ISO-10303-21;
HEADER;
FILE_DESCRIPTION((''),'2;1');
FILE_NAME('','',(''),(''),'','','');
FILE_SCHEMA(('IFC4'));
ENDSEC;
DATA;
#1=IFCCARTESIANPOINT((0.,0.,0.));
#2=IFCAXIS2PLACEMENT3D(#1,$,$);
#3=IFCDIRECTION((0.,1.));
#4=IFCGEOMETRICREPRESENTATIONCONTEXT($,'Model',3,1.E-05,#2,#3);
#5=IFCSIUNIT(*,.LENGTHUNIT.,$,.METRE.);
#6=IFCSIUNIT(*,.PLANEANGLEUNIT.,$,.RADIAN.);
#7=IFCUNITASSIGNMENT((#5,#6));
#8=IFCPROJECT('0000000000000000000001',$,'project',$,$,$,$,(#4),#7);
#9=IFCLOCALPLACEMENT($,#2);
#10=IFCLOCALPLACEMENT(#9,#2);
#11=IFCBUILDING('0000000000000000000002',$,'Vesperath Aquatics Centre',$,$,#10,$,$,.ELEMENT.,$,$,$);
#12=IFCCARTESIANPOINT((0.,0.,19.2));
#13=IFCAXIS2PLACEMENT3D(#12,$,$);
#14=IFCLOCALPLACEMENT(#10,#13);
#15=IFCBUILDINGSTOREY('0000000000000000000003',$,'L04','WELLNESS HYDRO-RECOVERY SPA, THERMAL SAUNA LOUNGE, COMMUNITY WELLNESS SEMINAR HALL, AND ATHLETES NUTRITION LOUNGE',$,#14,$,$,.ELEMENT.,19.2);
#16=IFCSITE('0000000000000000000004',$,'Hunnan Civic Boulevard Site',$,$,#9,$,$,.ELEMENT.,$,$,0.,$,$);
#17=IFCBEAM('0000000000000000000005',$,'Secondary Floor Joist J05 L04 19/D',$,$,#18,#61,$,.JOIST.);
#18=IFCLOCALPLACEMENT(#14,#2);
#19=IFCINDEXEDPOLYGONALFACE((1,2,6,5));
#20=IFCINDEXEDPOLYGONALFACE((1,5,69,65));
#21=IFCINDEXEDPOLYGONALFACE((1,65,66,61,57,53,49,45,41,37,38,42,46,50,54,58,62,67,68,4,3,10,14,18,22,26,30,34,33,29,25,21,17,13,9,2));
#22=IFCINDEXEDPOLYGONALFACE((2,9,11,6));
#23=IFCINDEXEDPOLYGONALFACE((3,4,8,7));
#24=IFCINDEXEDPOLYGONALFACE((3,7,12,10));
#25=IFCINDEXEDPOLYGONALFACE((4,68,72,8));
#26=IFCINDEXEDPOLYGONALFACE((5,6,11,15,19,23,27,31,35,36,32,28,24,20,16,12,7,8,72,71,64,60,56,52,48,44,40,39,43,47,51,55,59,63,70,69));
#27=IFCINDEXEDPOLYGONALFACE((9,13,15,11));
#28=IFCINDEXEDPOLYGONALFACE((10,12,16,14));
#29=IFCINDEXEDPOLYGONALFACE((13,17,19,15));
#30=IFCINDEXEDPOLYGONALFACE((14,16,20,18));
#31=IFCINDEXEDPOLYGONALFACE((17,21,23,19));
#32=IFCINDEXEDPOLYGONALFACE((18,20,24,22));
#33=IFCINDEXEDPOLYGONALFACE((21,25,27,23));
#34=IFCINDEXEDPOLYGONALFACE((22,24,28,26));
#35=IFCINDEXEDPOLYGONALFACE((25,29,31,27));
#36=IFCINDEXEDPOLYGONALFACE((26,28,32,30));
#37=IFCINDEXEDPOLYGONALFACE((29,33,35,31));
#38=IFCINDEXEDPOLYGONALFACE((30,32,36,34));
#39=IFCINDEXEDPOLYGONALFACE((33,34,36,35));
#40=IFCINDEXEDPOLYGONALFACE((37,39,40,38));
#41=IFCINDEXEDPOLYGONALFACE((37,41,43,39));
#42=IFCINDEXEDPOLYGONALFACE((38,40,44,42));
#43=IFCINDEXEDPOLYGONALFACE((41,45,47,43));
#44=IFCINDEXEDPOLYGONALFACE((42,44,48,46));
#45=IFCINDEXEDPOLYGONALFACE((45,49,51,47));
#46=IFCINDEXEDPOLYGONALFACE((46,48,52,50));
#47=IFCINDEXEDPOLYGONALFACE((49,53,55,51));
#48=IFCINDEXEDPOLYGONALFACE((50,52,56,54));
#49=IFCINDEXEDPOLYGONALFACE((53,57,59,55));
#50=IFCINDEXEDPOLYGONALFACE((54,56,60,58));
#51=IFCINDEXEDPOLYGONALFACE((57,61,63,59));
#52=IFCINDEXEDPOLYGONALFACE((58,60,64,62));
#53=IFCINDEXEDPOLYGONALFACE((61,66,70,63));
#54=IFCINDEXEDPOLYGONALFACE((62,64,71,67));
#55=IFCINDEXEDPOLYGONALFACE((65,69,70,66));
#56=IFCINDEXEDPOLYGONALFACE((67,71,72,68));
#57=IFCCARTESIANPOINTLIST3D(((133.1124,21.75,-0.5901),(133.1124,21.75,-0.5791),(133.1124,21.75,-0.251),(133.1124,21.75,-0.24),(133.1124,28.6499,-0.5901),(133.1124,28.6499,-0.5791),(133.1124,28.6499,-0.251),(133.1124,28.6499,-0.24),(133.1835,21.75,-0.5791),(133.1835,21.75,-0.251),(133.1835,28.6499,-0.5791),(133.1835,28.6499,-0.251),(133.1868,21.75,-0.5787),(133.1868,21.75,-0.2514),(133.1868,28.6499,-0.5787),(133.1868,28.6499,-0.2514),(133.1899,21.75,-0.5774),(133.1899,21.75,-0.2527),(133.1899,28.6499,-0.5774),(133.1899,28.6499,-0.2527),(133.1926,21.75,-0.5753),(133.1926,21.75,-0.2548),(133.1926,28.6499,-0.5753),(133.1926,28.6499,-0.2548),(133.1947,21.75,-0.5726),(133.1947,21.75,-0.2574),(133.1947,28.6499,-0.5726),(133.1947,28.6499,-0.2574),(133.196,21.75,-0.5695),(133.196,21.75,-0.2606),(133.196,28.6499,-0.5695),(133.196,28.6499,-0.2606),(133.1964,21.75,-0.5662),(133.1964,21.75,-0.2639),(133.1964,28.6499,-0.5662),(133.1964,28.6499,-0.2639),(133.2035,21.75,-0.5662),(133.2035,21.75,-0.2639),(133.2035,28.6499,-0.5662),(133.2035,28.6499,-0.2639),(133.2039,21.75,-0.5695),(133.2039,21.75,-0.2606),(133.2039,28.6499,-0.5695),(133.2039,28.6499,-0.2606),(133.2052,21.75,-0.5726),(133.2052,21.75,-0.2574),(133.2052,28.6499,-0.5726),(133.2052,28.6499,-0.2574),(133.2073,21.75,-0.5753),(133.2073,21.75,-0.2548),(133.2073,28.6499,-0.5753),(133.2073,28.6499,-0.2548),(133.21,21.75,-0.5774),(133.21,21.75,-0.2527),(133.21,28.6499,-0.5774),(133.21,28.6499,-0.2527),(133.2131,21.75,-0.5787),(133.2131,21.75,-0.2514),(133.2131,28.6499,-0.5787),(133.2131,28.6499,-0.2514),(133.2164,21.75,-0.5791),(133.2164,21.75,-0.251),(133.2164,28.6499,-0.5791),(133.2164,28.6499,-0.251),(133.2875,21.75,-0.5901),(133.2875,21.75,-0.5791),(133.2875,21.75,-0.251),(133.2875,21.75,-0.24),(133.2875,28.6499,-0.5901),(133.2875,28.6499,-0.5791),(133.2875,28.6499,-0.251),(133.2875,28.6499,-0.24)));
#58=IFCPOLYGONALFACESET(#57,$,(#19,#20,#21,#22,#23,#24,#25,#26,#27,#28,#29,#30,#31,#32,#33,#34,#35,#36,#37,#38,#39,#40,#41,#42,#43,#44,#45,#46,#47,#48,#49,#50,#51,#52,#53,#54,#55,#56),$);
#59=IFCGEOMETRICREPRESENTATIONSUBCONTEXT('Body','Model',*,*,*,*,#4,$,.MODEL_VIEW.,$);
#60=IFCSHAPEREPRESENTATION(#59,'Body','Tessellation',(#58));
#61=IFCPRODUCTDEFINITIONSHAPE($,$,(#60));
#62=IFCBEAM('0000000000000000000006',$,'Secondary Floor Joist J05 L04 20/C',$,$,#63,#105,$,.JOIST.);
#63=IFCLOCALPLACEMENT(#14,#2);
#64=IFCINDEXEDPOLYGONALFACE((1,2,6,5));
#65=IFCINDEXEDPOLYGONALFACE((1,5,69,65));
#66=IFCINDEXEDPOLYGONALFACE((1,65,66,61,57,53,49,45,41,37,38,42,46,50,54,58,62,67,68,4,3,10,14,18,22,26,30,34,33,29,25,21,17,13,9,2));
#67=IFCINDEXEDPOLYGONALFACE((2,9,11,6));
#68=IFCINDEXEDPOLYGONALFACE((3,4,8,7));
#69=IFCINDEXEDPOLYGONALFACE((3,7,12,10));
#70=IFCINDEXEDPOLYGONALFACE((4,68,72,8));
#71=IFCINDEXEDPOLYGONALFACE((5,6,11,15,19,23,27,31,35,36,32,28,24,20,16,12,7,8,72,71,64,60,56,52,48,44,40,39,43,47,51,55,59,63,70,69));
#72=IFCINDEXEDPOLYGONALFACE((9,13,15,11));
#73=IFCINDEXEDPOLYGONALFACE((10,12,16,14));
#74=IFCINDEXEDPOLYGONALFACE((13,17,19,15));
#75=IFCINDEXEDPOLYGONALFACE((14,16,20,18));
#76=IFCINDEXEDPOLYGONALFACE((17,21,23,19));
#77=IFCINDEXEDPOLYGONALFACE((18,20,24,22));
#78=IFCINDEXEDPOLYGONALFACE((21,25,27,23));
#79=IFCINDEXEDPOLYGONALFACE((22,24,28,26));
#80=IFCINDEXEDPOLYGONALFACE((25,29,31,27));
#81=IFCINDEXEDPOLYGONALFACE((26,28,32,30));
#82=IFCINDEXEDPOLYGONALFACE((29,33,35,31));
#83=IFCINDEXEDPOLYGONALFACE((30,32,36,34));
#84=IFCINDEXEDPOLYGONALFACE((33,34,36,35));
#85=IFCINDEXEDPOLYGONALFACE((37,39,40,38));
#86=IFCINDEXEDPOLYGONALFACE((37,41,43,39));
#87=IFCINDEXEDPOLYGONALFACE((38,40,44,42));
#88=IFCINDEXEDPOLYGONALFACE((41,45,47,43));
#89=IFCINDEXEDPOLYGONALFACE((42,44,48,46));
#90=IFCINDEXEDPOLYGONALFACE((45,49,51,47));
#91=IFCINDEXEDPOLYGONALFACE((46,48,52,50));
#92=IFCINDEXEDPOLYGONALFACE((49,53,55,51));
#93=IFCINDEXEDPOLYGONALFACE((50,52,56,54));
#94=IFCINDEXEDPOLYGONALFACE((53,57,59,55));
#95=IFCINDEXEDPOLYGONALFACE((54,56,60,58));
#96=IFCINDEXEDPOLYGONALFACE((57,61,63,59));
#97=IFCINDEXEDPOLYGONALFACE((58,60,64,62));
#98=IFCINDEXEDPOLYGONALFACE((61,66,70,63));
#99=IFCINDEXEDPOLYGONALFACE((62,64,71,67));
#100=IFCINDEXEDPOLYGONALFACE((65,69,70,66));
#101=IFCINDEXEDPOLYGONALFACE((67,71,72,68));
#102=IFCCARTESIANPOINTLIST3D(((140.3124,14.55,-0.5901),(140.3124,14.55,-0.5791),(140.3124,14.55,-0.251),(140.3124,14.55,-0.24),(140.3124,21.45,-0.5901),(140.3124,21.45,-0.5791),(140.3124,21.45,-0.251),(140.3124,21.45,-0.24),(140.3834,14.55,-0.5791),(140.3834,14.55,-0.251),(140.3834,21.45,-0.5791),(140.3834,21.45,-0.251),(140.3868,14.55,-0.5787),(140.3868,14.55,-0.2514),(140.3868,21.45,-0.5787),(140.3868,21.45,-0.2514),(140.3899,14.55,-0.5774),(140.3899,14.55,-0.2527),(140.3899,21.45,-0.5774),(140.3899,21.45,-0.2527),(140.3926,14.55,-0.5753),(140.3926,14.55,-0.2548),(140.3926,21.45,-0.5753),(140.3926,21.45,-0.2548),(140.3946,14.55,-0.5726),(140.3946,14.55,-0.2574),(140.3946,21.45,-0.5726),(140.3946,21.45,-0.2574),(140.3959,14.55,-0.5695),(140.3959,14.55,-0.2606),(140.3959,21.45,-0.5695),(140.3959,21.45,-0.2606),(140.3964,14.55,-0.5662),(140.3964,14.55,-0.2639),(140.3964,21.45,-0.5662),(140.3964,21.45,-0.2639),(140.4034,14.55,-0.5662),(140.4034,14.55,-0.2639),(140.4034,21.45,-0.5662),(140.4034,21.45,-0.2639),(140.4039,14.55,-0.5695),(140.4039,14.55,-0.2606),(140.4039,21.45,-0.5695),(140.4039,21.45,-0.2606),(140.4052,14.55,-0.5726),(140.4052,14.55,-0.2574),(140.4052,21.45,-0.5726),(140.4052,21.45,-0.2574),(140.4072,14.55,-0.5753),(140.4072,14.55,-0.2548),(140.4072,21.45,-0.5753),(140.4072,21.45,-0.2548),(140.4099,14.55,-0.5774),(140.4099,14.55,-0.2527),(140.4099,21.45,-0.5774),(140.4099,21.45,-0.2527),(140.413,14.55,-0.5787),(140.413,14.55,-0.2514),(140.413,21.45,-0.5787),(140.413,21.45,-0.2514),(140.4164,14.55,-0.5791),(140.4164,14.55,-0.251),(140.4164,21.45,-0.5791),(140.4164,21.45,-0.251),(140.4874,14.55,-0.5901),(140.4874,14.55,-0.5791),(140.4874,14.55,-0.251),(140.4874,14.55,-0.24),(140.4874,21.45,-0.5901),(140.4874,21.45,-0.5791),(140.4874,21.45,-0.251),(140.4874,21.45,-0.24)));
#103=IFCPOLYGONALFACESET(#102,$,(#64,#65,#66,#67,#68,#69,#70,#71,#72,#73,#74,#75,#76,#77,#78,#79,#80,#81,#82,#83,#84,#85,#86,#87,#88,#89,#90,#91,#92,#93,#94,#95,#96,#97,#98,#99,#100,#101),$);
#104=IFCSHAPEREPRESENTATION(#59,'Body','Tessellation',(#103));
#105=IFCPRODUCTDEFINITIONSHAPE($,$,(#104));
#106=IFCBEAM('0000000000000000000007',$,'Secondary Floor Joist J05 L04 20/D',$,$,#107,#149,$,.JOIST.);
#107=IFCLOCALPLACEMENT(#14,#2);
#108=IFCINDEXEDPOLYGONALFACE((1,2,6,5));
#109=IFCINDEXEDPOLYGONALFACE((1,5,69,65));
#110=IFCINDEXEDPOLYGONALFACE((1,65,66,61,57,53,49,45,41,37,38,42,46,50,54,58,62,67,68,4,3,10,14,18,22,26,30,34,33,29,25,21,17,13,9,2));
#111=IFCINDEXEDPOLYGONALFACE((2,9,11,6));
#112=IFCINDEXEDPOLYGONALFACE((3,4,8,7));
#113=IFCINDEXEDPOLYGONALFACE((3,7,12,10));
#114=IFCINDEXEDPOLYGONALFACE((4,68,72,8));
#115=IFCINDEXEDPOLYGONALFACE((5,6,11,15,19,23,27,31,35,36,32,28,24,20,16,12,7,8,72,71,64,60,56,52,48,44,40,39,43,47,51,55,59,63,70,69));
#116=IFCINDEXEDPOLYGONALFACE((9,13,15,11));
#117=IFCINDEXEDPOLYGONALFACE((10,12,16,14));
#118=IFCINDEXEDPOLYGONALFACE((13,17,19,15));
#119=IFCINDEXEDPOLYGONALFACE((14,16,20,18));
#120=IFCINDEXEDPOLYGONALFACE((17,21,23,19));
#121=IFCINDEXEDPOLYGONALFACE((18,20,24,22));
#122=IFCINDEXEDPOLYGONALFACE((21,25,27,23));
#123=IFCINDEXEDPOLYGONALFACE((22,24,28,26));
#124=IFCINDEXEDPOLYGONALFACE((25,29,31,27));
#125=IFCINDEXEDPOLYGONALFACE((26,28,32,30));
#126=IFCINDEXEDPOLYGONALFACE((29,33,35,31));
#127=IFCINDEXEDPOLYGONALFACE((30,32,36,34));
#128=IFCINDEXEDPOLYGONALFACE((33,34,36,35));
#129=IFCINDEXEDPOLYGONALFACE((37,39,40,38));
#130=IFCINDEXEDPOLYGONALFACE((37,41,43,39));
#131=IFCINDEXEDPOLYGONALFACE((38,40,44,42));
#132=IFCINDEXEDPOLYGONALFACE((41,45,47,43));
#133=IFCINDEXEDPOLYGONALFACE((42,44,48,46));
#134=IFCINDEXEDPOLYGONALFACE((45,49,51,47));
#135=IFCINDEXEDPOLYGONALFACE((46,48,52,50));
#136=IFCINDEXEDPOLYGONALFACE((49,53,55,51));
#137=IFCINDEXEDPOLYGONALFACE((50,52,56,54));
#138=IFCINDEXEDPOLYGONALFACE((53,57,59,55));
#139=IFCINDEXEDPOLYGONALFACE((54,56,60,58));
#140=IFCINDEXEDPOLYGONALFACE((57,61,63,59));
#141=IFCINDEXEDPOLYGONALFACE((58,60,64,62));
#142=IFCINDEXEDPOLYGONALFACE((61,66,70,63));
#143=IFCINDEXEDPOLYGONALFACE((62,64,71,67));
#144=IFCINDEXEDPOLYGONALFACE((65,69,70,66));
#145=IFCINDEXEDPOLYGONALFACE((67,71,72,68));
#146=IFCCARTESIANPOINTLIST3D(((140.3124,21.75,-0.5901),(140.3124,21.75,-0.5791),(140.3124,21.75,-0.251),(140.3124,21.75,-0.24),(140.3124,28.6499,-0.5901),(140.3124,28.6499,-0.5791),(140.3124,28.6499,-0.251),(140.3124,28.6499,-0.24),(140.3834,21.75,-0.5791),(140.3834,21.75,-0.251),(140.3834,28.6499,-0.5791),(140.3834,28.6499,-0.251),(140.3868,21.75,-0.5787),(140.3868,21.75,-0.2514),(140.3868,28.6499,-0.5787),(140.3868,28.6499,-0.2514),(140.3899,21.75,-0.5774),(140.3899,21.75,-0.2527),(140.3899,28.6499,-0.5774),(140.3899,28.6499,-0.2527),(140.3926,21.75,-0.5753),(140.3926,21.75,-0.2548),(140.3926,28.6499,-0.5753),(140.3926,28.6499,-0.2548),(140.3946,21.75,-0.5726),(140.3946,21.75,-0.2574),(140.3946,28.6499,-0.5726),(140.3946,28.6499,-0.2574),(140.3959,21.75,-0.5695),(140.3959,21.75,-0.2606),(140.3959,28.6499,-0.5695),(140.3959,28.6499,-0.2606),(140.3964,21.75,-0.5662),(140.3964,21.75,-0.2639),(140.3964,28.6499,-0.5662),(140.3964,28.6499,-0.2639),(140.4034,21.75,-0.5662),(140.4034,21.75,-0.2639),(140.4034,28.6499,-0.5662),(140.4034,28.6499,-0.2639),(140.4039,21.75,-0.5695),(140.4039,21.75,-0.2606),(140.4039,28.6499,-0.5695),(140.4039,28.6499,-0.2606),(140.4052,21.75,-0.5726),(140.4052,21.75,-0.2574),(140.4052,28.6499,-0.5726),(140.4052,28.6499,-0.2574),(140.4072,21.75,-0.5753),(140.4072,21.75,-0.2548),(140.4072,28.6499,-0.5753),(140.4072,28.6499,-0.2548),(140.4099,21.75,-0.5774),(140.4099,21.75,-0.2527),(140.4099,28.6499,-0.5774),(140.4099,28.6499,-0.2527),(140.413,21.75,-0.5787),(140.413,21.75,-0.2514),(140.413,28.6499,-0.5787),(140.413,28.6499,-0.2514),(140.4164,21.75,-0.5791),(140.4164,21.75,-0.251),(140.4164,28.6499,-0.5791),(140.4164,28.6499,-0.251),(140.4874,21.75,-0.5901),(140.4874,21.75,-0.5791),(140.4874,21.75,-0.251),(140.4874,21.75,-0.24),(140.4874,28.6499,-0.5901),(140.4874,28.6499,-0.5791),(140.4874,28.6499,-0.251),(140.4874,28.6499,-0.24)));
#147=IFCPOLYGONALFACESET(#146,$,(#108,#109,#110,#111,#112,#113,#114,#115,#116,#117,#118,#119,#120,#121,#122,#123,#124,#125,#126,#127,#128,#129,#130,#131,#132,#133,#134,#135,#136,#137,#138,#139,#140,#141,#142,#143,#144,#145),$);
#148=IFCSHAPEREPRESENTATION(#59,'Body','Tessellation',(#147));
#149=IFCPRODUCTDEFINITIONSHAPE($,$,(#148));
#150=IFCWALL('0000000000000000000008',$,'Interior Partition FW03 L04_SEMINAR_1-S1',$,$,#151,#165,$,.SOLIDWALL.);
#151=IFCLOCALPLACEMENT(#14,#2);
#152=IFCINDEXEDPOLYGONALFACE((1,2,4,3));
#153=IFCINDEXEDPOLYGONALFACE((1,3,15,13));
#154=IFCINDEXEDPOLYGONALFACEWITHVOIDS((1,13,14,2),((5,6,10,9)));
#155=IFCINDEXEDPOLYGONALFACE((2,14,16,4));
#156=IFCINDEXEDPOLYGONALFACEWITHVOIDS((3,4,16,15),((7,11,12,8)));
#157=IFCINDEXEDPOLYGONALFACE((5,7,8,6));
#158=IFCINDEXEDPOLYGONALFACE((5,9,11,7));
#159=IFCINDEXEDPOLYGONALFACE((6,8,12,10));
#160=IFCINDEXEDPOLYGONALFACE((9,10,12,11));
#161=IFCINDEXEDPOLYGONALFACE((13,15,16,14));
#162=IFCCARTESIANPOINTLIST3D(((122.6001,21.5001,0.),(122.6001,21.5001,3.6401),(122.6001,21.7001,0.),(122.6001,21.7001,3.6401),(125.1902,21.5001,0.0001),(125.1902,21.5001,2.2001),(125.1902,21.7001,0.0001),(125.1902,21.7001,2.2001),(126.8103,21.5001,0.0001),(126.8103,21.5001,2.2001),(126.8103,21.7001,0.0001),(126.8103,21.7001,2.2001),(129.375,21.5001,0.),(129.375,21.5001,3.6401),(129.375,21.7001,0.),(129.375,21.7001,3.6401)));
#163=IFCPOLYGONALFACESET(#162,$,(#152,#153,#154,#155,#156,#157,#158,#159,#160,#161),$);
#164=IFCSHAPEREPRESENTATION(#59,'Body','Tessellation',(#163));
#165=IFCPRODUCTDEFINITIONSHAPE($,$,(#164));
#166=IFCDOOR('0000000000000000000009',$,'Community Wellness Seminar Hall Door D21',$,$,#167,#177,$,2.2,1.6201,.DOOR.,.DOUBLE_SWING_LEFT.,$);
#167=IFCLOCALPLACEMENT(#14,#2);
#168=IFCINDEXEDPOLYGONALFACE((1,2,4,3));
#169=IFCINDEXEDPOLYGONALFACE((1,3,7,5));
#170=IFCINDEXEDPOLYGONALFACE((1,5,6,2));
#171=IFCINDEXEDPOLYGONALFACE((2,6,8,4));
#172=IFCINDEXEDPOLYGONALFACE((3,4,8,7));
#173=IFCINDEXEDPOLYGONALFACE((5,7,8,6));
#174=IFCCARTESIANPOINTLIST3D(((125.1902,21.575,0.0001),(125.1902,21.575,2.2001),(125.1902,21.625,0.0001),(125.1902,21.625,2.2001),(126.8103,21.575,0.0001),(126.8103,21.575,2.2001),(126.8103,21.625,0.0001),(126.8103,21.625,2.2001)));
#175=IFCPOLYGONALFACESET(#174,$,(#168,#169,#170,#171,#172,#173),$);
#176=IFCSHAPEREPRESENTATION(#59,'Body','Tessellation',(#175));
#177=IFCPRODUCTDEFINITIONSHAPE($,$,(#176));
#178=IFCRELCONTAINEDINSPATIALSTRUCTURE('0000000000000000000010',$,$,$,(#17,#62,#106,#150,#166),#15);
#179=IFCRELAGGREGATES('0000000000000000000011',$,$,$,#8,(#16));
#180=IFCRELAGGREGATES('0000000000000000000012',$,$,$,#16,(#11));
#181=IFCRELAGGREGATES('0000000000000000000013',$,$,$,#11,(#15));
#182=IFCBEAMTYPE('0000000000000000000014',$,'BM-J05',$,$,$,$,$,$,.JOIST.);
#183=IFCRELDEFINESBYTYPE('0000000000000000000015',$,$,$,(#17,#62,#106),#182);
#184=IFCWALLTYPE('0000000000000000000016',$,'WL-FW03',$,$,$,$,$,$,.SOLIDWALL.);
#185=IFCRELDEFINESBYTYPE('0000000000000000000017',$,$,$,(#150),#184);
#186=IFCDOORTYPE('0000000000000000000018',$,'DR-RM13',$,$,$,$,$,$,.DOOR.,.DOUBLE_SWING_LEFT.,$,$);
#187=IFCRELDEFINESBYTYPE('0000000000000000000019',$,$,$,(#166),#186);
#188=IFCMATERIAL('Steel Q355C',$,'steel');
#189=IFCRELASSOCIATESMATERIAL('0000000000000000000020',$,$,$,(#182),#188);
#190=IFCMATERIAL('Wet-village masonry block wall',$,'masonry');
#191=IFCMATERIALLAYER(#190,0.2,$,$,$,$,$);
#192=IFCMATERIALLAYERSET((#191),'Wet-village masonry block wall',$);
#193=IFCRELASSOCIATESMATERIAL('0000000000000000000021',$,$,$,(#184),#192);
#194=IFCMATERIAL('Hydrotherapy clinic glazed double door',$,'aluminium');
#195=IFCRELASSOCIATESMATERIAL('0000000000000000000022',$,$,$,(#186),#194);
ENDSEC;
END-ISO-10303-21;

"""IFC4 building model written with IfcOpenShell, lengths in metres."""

from ifc_helpers import new_model, si_unit, direction, frame, frame_2d, origin, origin_2d, place, context, subcontext, project, spatial, rectangle, i_section, extrude, material, layer, layer_set, material_profile, profile_set, type_object, element, fill, save


model = new_model("IFC4")

# Units and contexts
model_context = context("Model", 3, precision=1e-05, world=origin(), true_north=direction((0.0, 1.0)))
body_context = subcontext(model_context, "Body", "Model", "MODEL_VIEW")
ifc_project = project(units=[si_unit("LENGTHUNIT", "METRE"), si_unit("PLANEANGLEUNIT", "RADIAN")], contexts=[model_context])

# Site, building, storey
site_placement = place(None, origin())
site = spatial("IfcSite", under=ifc_project, at=site_placement, Name="Hunnan Civic Boulevard Site", CompositionType="ELEMENT", RefElevation=0.0)
building_placement = place(site_placement, origin())
building = spatial("IfcBuilding", under=site, at=building_placement, Name="Vesperath Aquatics Centre", CompositionType="ELEMENT")
storey_placement = place(building_placement, frame((0.0, 0.0, 19.2)))
storey = spatial("IfcBuildingStorey", under=building, at=storey_placement, Name="L04", Description="WELLNESS HYDRO-RECOVERY SPA, THERMAL SAUNA LOUNGE, COMMUNITY WELLNESS SEMINAR HALL, AND ATHLETES NUTRITION LOUNGE", CompositionType="ELEMENT", Elevation=19.2)

# Shared definitions
ifc_material_1 = material(Name="Steel Q355C", Category="steel")

# Beams
ifc_material_profile_1 = material_profile(ifc_material_1, i_section(OverallWidth=0.175, OverallDepth=0.3501, WebThickness=0.0071, FlangeThickness=0.011, FilletRadius=0.0129, at=origin_2d()), Name="HN 350x175x7x11")
ifc_profile_set_1 = profile_set([ifc_material_profile_1], Name="Steel Q355C")
beam_type_1 = type_object("IfcBeamType", Name="BM-J05", PredefinedType="JOIST", material=ifc_profile_set_1)
for number, where, z_axis, x_axis, name in (
    (1, (133.2, 21.75, -0.415), (0.0, 1.0, 0.0), (-1.0, 0.0, 0.0), "Secondary Floor Joist J05 L04 19/D"),
    (2, (140.3999, 14.55, -0.415), (0.0, 1.0, 0.0), (-1.0, 0.0, 0.0), "Secondary Floor Joist J05 L04 20/C"),
    (3, (140.3999, 21.75, -0.415), (0.0, 1.0, 0.0), (-1.0, 0.0, 0.0), "Secondary Floor Joist J05 L04 20/D"),
):
    element("IfcBeam", number, at=place(storey_placement, frame(where, z_axis=z_axis, x_axis=x_axis)), inside=storey, type_object=beam_type_1, Name=name, PredefinedType="JOIST", context=body_context, shape_type="SweptSolid", body=[
        extrude(i_section(OverallWidth=0.175, OverallDepth=0.3501, WebThickness=0.0071, FlangeThickness=0.011, FilletRadius=0.0129, at=origin_2d()), origin(), (0.0, 0.0, 1.0), 6.8999),
    ])

# Wall, opening, door
ifc_material_2 = material(Name="Wet-village masonry block wall", Category="masonry")
ifc_layer_1 = layer(ifc_material_2, 0.2)
ifc_layer_set_1 = layer_set([ifc_layer_1], Name="Wet-village masonry block wall")
wall_type_1 = type_object("IfcWallType", Name="WL-FW03", PredefinedType="SOLIDWALL", material=ifc_layer_set_1)
wall_1_placement = place(storey_placement, frame((122.6001, 21.6001, 0.0), z_axis=(0.0, 0.0, 1.0), x_axis=(1.0, 0.0, 0.0)))
wall_1 = element("IfcWall", 4, at=wall_1_placement, inside=storey, type_object=wall_type_1, Name="Interior Partition FW03 L04_SEMINAR_1-S1", PredefinedType="SOLIDWALL", context=body_context, shape_type="SweptSolid", body=[
    extrude(rectangle(XDim=6.7749, YDim=0.2, at=frame_2d((3.3875, 0.0))), origin(), (0.0, 0.0, 1.0), 3.6401),
])
opening_1_placement = place(wall_1_placement, frame((2.5901, 0.0, 0.0)))
opening_1 = element("IfcOpeningElement", 5, at=opening_1_placement, cuts=wall_1, PredefinedType="OPENING", context=body_context, shape_type="SweptSolid", body=[
    extrude(rectangle(XDim=1.6201, YDim=2.2, at=frame_2d((0.8101, 1.1001))), frame((0.0, 0.1147, 0.0), z_axis=(0.0, -1.0, 0.0), x_axis=(1.0, 0.0, 0.0)), (0.0, 0.0, 1.0), 0.2297),
])
ifc_material_3 = material(Name="Hydrotherapy clinic glazed double door", Category="aluminium")
door_type_1 = type_object("IfcDoorType", Name="DR-RM13", OperationType="DOUBLE_SWING_LEFT", PredefinedType="DOOR", material=ifc_material_3)
door_1_placement = place(opening_1_placement, origin())
door_1 = element("IfcDoor", 6, at=door_1_placement, inside=storey, type_object=door_type_1, Name="Community Wellness Seminar Hall Door D21", OperationType="DOUBLE_SWING_LEFT", OverallHeight=2.2, OverallWidth=1.6201, PredefinedType="DOOR", context=body_context, shape_type="SweptSolid", body=[
    extrude(rectangle(XDim=1.6201, YDim=2.2, at=frame_2d((0.8101, 1.1001))), frame((0.0, 0.0249, 0.0), z_axis=(0.0, -1.0, 0.0), x_axis=(1.0, 0.0, 0.0)), (0.0, 0.0, 1.0), 0.05),
])
fill(opening_1, door_1)

save(model, "model.ifc")
